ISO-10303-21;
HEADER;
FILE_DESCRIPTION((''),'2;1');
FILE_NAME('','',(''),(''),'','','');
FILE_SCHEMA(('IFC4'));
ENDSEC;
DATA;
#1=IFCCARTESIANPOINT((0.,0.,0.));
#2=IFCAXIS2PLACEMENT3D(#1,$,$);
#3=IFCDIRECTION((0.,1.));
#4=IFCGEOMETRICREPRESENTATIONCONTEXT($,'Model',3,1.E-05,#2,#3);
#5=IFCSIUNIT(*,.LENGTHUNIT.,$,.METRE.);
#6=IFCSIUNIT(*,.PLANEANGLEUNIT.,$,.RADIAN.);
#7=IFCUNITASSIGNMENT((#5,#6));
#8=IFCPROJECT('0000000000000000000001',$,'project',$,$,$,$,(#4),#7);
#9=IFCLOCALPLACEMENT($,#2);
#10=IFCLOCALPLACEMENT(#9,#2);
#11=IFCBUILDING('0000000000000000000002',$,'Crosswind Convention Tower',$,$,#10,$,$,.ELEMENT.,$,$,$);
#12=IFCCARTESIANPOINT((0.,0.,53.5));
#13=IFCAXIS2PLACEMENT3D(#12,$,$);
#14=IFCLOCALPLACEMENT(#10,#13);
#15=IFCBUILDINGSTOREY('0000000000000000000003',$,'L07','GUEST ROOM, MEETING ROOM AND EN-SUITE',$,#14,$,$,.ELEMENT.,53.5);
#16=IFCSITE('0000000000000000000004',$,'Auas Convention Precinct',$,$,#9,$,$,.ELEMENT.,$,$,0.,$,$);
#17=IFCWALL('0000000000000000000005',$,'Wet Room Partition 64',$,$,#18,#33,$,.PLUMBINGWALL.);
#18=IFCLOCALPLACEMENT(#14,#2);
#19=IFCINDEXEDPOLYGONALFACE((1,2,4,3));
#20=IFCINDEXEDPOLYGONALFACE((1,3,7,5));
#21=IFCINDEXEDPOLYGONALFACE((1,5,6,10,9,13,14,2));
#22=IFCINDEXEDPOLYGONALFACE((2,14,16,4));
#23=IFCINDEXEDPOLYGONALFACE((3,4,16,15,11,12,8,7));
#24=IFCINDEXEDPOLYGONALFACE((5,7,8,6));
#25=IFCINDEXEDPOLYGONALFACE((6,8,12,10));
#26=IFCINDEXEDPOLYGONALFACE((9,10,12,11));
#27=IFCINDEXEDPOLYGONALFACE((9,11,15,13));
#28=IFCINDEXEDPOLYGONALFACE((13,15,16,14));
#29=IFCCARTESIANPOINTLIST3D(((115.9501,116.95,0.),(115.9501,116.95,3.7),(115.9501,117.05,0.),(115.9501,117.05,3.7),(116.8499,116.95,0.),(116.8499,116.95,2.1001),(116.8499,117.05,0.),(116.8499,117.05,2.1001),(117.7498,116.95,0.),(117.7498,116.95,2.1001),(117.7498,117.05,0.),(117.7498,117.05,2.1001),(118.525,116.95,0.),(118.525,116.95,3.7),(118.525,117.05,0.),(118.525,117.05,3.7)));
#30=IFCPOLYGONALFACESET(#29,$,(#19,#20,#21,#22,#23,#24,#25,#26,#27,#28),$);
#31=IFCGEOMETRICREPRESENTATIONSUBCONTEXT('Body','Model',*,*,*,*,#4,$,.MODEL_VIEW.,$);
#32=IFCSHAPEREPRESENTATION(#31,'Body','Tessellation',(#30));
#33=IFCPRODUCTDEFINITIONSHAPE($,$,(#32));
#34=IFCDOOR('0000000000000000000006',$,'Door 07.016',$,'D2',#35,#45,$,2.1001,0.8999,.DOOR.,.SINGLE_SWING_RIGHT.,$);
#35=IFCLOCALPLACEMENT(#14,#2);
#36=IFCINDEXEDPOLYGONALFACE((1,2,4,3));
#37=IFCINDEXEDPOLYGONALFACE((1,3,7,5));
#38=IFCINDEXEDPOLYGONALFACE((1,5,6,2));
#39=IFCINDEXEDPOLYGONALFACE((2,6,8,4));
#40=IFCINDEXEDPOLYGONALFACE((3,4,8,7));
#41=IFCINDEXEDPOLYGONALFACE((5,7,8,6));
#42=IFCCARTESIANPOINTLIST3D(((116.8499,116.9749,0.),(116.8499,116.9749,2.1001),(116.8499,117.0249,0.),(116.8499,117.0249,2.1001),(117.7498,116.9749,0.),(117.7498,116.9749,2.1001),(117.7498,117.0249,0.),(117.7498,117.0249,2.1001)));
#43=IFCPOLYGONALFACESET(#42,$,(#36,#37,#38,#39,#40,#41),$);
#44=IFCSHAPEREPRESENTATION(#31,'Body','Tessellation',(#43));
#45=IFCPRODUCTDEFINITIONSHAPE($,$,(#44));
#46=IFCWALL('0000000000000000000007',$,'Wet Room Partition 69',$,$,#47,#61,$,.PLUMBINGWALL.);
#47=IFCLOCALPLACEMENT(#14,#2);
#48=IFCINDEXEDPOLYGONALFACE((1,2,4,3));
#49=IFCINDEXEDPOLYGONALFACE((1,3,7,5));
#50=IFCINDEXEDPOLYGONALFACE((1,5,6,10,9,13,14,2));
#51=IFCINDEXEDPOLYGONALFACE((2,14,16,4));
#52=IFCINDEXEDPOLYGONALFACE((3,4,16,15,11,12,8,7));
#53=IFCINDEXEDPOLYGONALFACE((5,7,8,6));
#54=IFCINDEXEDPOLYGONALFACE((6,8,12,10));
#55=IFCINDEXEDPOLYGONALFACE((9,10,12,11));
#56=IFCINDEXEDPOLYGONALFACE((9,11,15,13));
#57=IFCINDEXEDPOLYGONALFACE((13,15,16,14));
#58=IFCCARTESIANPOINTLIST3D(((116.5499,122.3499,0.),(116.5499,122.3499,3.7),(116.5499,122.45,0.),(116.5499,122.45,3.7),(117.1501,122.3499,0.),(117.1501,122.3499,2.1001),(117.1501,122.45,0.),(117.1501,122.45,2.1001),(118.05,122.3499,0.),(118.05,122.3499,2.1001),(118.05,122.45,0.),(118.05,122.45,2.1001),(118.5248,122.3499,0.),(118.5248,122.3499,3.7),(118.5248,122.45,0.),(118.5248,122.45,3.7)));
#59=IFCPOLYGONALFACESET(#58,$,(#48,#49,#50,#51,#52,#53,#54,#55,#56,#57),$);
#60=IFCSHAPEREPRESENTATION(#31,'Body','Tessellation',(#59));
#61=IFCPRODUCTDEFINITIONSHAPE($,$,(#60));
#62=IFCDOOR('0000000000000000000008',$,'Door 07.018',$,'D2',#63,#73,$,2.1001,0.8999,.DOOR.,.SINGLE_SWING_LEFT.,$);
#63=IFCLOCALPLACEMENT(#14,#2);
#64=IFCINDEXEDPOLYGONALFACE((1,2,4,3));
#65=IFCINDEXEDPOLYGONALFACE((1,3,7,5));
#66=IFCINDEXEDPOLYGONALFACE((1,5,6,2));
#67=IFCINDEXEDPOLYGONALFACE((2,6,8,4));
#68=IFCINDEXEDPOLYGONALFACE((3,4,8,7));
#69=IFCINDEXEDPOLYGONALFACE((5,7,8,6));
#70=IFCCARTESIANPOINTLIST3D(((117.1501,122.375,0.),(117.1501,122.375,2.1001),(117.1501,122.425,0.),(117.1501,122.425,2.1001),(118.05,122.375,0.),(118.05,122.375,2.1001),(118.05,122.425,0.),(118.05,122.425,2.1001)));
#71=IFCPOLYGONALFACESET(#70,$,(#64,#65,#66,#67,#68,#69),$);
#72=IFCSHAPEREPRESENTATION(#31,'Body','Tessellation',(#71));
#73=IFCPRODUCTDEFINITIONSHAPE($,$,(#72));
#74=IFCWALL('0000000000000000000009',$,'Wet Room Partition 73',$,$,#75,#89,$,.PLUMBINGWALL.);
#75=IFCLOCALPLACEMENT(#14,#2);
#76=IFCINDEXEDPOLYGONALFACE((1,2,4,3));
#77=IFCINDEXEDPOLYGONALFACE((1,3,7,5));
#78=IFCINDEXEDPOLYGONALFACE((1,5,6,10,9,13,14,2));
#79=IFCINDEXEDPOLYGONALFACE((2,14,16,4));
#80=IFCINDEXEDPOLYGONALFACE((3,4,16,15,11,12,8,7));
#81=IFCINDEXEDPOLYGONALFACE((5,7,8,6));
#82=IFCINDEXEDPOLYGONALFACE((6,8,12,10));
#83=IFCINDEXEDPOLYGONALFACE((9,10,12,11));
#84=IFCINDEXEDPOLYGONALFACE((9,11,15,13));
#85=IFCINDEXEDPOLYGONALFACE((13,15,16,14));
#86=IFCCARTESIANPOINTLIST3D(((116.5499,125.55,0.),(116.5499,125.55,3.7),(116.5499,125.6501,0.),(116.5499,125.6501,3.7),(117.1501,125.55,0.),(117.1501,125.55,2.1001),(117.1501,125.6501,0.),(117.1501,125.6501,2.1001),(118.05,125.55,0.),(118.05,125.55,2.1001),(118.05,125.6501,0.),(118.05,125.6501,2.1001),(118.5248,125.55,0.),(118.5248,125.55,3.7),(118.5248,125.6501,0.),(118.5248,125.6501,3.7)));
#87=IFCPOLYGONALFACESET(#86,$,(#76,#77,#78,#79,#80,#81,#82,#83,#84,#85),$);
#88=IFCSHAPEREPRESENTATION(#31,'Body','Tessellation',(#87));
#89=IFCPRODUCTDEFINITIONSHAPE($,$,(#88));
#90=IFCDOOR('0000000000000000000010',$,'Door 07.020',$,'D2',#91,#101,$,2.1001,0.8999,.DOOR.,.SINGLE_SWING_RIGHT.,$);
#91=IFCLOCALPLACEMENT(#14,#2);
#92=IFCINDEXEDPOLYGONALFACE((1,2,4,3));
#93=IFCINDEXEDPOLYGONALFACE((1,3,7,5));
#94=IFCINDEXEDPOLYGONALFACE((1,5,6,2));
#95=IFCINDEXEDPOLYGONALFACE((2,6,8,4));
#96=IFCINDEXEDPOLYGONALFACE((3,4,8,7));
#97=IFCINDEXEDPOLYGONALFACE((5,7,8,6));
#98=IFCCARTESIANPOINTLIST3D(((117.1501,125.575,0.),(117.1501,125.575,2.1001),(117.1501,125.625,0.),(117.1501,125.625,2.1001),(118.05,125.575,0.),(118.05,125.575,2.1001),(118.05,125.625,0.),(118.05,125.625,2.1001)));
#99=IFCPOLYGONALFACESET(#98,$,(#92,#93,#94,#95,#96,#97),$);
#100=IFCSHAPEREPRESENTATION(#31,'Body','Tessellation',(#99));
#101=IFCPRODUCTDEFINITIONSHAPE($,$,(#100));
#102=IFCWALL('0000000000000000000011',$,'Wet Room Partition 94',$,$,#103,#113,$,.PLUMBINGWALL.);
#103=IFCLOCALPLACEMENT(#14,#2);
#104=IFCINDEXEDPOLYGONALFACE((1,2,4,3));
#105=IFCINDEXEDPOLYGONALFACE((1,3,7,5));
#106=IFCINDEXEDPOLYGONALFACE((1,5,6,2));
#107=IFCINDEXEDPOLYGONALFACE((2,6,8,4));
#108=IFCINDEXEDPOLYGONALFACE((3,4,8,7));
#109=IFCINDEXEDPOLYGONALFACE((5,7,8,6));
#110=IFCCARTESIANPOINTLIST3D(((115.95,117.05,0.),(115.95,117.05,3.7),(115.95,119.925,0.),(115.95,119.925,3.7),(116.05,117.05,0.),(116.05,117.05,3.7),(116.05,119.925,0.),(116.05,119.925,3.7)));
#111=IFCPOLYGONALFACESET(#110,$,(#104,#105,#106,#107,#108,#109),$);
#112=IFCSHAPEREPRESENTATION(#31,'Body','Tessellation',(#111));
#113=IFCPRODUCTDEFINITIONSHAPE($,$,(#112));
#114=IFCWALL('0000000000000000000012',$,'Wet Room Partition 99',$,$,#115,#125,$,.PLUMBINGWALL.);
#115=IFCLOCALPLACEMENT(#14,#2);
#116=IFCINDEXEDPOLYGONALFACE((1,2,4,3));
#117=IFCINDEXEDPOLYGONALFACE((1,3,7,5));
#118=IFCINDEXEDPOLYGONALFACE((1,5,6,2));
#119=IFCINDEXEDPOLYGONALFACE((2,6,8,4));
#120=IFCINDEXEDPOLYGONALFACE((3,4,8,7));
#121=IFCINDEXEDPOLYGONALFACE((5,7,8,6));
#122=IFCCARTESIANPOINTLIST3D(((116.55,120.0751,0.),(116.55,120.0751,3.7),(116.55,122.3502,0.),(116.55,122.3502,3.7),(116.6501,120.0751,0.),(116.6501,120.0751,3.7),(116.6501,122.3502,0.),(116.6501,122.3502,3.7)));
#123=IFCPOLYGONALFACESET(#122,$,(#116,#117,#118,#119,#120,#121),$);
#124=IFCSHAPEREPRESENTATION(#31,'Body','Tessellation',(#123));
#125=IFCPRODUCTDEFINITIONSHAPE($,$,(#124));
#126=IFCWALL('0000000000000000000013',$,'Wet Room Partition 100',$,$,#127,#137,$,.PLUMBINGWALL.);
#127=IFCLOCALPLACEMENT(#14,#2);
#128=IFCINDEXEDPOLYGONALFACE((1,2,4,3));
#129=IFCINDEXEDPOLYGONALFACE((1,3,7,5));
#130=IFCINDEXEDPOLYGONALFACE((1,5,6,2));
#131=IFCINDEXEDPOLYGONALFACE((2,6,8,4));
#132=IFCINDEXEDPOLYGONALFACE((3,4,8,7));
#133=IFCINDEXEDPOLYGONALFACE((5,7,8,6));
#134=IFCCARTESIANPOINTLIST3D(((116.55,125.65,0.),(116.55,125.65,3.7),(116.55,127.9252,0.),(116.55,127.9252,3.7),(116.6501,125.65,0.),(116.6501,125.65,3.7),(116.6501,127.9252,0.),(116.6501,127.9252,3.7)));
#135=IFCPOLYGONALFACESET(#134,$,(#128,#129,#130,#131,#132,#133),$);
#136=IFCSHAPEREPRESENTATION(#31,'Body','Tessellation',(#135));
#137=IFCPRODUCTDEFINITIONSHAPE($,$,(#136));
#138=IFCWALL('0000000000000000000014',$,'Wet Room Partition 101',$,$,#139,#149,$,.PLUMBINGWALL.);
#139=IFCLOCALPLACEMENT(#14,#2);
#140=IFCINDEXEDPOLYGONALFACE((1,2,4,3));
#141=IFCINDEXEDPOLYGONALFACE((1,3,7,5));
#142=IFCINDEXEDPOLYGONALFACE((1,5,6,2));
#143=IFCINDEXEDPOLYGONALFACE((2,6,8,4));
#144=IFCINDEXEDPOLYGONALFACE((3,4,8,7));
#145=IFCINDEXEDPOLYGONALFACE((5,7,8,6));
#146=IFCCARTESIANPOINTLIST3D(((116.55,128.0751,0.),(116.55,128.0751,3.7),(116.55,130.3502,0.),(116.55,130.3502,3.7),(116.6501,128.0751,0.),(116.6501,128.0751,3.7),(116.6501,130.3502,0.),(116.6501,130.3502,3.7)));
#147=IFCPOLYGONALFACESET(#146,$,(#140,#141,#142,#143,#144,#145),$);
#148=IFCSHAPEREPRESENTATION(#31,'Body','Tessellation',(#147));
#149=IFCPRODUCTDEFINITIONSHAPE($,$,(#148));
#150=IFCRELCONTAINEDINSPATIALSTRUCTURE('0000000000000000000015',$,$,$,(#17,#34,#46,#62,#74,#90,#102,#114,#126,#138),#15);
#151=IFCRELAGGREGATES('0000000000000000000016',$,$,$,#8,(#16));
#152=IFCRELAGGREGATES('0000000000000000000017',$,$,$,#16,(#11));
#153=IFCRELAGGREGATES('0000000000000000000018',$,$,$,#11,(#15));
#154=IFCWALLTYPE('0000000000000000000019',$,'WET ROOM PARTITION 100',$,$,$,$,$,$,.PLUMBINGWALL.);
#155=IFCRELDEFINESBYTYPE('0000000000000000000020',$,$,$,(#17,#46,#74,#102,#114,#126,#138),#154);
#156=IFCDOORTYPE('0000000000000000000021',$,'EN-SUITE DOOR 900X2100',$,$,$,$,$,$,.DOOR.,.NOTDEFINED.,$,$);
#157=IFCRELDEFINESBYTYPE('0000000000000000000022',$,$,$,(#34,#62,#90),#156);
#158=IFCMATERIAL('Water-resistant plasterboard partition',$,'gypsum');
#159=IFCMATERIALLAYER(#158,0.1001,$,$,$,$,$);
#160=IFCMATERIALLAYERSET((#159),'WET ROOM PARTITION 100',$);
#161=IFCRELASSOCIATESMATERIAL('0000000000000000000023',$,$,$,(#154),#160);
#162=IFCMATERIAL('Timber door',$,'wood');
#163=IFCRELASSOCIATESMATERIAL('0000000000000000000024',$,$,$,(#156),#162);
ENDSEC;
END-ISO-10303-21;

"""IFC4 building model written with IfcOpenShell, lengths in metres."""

from ifc_helpers import new_model, si_unit, direction, frame, frame_2d, origin, place, context, subcontext, project, spatial, rectangle, extrude, material, layer, layer_set, type_object, element, fill, save


model = new_model("IFC4")

# Units and contexts
model_context = context("Model", 3, precision=1e-05, world=origin(), true_north=direction((0.0, 1.0)))
body_context = subcontext(model_context, "Body", "Model", "MODEL_VIEW")
ifc_project = project(units=[si_unit("LENGTHUNIT", "METRE"), si_unit("PLANEANGLEUNIT", "RADIAN")], contexts=[model_context])

# Site, building, storey
site_placement = place(None, origin())
site = spatial("IfcSite", under=ifc_project, at=site_placement, Name="Auas Convention Precinct", CompositionType="ELEMENT", RefElevation=0.0)
building_placement = place(site_placement, origin())
building = spatial("IfcBuilding", under=site, at=building_placement, Name="Crosswind Convention Tower", CompositionType="ELEMENT")
storey_placement = place(building_placement, frame((0.0, 0.0, 53.5)))
storey = spatial("IfcBuildingStorey", under=building, at=storey_placement, Name="L07", Description="GUEST ROOM, MEETING ROOM AND EN-SUITE", CompositionType="ELEMENT", Elevation=53.5)

# Walls, openings, doors
ifc_material_1 = material(Name="Water-resistant plasterboard partition", Category="gypsum")
ifc_layer_1 = layer(ifc_material_1, 0.1001)
ifc_layer_set_1 = layer_set([ifc_layer_1], Name="WET ROOM PARTITION 100")
wall_type_1 = type_object("IfcWallType", Name="WET ROOM PARTITION 100", PredefinedType="PLUMBINGWALL", material=ifc_layer_set_1)
wall_1_placement = place(storey_placement, frame((115.95, 117.0, 0.0), z_axis=(0.0, 0.0, 1.0), x_axis=(1.0, 0.0, 0.0)))
wall_1 = element("IfcWall", 1, at=wall_1_placement, inside=storey, type_object=wall_type_1, Name="Wet Room Partition 64", PredefinedType="PLUMBINGWALL", context=body_context, shape_type="SweptSolid", body=[
    extrude(rectangle(XDim=2.575, YDim=0.1001, at=frame_2d((1.2876, 0.0))), origin(), (0.0, 0.0, 1.0), 3.7),
])
opening_1_placement = place(wall_1_placement, frame((0.8999, 0.0, 0.0)))
opening_1 = element("IfcOpeningElement", 2, at=opening_1_placement, cuts=wall_1, PredefinedType="OPENING", context=body_context, shape_type="SweptSolid", body=[
    extrude(rectangle(XDim=0.8999, YDim=2.1001, at=frame_2d((0.45, 1.05))), frame((0.0, 0.0601, 0.0), z_axis=(0.0, -1.0, 0.0), x_axis=(1.0, 0.0, 0.0)), (0.0, 0.0, 1.0), 0.1201),
])
ifc_material_2 = material(Name="Timber door", Category="wood")
door_type_1 = type_object("IfcDoorType", Name="EN-SUITE DOOR 900X2100", OperationType="NOTDEFINED", PredefinedType="DOOR", material=ifc_material_2)
door_1_placement = place(opening_1_placement, origin())
door_1 = element("IfcDoor", 3, at=door_1_placement, inside=storey, type_object=door_type_1, Name="Door 07.016", ObjectType="D2", OperationType="SINGLE_SWING_RIGHT", OverallHeight=2.1001, OverallWidth=0.8999, PredefinedType="DOOR", context=body_context, shape_type="SweptSolid", body=[
    extrude(rectangle(XDim=0.8999, YDim=2.1001, at=frame_2d((0.45, 1.05))), frame((0.0, 0.0249, 0.0), z_axis=(0.0, -1.0, 0.0), x_axis=(1.0, 0.0, 0.0)), (0.0, 0.0, 1.0), 0.05),
])
fill(opening_1, door_1)
wall_2_placement = place(storey_placement, frame((116.55, 122.3999, 0.0), z_axis=(0.0, 0.0, 1.0), x_axis=(1.0, 0.0, 0.0)))
wall_2 = element("IfcWall", 4, at=wall_2_placement, inside=storey, type_object=wall_type_1, Name="Wet Room Partition 69", PredefinedType="PLUMBINGWALL", context=body_context, shape_type="SweptSolid", body=[
    extrude(rectangle(XDim=1.9749, YDim=0.1001, at=frame_2d((0.9873, 0.0))), origin(), (0.0, 0.0, 1.0), 3.7),
])
opening_2_placement = place(wall_2_placement, frame((0.6001, 0.0, 0.0)))
opening_2 = element("IfcOpeningElement", 5, at=opening_2_placement, cuts=wall_2, PredefinedType="OPENING", context=body_context, shape_type="SweptSolid", body=[
    extrude(rectangle(XDim=0.8999, YDim=2.1001, at=frame_2d((0.45, 1.05))), frame((0.0, 0.0601, 0.0), z_axis=(0.0, -1.0, 0.0), x_axis=(1.0, 0.0, 0.0)), (0.0, 0.0, 1.0), 0.1201),
])
door_2_placement = place(opening_2_placement, frame((0.8999, 0.0, 0.0), z_axis=(0.0, 0.0, 1.0), x_axis=(-1.0, 0.0, 0.0)))
door_2 = element("IfcDoor", 6, at=door_2_placement, inside=storey, type_object=door_type_1, Name="Door 07.018", ObjectType="D2", OperationType="SINGLE_SWING_LEFT", OverallHeight=2.1001, OverallWidth=0.8999, PredefinedType="DOOR", context=body_context, shape_type="SweptSolid", body=[
    extrude(rectangle(XDim=0.8999, YDim=2.1001, at=frame_2d((0.45, 1.05))), frame((0.0, 0.0249, 0.0), z_axis=(0.0, -1.0, 0.0), x_axis=(1.0, 0.0, 0.0)), (0.0, 0.0, 1.0), 0.05),
])
fill(opening_2, door_2)
wall_3_placement = place(storey_placement, frame((116.55, 125.6001, 0.0), z_axis=(0.0, 0.0, 1.0), x_axis=(1.0, 0.0, 0.0)))
wall_3 = element("IfcWall", 7, at=wall_3_placement, inside=storey, type_object=wall_type_1, Name="Wet Room Partition 73", PredefinedType="PLUMBINGWALL", context=body_context, shape_type="SweptSolid", body=[
    extrude(rectangle(XDim=1.9749, YDim=0.1001, at=frame_2d((0.9873, 0.0))), origin(), (0.0, 0.0, 1.0), 3.7),
])
opening_3_placement = place(wall_3_placement, frame((0.6001, 0.0, 0.0)))
opening_3 = element("IfcOpeningElement", 8, at=opening_3_placement, cuts=wall_3, PredefinedType="OPENING", context=body_context, shape_type="SweptSolid", body=[
    extrude(rectangle(XDim=0.8999, YDim=2.1001, at=frame_2d((0.45, 1.05))), frame((0.0, 0.0601, 0.0), z_axis=(0.0, -1.0, 0.0), x_axis=(1.0, 0.0, 0.0)), (0.0, 0.0, 1.0), 0.1201),
])
door_3_placement = place(opening_3_placement, origin())
door_3 = element("IfcDoor", 9, at=door_3_placement, inside=storey, type_object=door_type_1, Name="Door 07.020", ObjectType="D2", OperationType="SINGLE_SWING_RIGHT", OverallHeight=2.1001, OverallWidth=0.8999, PredefinedType="DOOR", context=body_context, shape_type="SweptSolid", body=[
    extrude(rectangle(XDim=0.8999, YDim=2.1001, at=frame_2d((0.45, 1.05))), frame((0.0, 0.0249, 0.0), z_axis=(0.0, -1.0, 0.0), x_axis=(1.0, 0.0, 0.0)), (0.0, 0.0, 1.0), 0.05),
])
fill(opening_3, door_3)

# Walls
wall_4_placement = place(storey_placement, frame((116.0, 117.05, 0.0), z_axis=(0.0, 0.0, 1.0), x_axis=(0.0, 1.0, 0.0)))
element("IfcWall", 10, at=wall_4_placement, inside=storey, type_object=wall_type_1, Name="Wet Room Partition 94", PredefinedType="PLUMBINGWALL", context=body_context, shape_type="SweptSolid", body=[
    extrude(rectangle(XDim=2.875, YDim=0.1001, at=frame_2d((1.4375, 0.0))), origin(), (0.0, 0.0, 1.0), 3.7),
])
for number, where, z_axis, x_axis, name in (
    (11, (116.6001, 120.075, 0.0), (0.0, 0.0, 1.0), (0.0, 1.0, 0.0), "Wet Room Partition 99"),
    (12, (116.6001, 125.6499, 0.0), (0.0, 0.0, 1.0), (0.0, 1.0, 0.0), "Wet Room Partition 100"),
    (13, (116.6001, 128.075, 0.0), (0.0, 0.0, 1.0), (0.0, 1.0, 0.0), "Wet Room Partition 101"),
):
    element("IfcWall", number, at=place(storey_placement, frame(where, z_axis=z_axis, x_axis=x_axis)), inside=storey, type_object=wall_type_1, Name=name, PredefinedType="PLUMBINGWALL", context=body_context, shape_type="SweptSolid", body=[
        extrude(rectangle(XDim=2.2751, YDim=0.1001, at=frame_2d((1.1377, 0.0))), origin(), (0.0, 0.0, 1.0), 3.7),
    ])

save(model, "model.ifc")
